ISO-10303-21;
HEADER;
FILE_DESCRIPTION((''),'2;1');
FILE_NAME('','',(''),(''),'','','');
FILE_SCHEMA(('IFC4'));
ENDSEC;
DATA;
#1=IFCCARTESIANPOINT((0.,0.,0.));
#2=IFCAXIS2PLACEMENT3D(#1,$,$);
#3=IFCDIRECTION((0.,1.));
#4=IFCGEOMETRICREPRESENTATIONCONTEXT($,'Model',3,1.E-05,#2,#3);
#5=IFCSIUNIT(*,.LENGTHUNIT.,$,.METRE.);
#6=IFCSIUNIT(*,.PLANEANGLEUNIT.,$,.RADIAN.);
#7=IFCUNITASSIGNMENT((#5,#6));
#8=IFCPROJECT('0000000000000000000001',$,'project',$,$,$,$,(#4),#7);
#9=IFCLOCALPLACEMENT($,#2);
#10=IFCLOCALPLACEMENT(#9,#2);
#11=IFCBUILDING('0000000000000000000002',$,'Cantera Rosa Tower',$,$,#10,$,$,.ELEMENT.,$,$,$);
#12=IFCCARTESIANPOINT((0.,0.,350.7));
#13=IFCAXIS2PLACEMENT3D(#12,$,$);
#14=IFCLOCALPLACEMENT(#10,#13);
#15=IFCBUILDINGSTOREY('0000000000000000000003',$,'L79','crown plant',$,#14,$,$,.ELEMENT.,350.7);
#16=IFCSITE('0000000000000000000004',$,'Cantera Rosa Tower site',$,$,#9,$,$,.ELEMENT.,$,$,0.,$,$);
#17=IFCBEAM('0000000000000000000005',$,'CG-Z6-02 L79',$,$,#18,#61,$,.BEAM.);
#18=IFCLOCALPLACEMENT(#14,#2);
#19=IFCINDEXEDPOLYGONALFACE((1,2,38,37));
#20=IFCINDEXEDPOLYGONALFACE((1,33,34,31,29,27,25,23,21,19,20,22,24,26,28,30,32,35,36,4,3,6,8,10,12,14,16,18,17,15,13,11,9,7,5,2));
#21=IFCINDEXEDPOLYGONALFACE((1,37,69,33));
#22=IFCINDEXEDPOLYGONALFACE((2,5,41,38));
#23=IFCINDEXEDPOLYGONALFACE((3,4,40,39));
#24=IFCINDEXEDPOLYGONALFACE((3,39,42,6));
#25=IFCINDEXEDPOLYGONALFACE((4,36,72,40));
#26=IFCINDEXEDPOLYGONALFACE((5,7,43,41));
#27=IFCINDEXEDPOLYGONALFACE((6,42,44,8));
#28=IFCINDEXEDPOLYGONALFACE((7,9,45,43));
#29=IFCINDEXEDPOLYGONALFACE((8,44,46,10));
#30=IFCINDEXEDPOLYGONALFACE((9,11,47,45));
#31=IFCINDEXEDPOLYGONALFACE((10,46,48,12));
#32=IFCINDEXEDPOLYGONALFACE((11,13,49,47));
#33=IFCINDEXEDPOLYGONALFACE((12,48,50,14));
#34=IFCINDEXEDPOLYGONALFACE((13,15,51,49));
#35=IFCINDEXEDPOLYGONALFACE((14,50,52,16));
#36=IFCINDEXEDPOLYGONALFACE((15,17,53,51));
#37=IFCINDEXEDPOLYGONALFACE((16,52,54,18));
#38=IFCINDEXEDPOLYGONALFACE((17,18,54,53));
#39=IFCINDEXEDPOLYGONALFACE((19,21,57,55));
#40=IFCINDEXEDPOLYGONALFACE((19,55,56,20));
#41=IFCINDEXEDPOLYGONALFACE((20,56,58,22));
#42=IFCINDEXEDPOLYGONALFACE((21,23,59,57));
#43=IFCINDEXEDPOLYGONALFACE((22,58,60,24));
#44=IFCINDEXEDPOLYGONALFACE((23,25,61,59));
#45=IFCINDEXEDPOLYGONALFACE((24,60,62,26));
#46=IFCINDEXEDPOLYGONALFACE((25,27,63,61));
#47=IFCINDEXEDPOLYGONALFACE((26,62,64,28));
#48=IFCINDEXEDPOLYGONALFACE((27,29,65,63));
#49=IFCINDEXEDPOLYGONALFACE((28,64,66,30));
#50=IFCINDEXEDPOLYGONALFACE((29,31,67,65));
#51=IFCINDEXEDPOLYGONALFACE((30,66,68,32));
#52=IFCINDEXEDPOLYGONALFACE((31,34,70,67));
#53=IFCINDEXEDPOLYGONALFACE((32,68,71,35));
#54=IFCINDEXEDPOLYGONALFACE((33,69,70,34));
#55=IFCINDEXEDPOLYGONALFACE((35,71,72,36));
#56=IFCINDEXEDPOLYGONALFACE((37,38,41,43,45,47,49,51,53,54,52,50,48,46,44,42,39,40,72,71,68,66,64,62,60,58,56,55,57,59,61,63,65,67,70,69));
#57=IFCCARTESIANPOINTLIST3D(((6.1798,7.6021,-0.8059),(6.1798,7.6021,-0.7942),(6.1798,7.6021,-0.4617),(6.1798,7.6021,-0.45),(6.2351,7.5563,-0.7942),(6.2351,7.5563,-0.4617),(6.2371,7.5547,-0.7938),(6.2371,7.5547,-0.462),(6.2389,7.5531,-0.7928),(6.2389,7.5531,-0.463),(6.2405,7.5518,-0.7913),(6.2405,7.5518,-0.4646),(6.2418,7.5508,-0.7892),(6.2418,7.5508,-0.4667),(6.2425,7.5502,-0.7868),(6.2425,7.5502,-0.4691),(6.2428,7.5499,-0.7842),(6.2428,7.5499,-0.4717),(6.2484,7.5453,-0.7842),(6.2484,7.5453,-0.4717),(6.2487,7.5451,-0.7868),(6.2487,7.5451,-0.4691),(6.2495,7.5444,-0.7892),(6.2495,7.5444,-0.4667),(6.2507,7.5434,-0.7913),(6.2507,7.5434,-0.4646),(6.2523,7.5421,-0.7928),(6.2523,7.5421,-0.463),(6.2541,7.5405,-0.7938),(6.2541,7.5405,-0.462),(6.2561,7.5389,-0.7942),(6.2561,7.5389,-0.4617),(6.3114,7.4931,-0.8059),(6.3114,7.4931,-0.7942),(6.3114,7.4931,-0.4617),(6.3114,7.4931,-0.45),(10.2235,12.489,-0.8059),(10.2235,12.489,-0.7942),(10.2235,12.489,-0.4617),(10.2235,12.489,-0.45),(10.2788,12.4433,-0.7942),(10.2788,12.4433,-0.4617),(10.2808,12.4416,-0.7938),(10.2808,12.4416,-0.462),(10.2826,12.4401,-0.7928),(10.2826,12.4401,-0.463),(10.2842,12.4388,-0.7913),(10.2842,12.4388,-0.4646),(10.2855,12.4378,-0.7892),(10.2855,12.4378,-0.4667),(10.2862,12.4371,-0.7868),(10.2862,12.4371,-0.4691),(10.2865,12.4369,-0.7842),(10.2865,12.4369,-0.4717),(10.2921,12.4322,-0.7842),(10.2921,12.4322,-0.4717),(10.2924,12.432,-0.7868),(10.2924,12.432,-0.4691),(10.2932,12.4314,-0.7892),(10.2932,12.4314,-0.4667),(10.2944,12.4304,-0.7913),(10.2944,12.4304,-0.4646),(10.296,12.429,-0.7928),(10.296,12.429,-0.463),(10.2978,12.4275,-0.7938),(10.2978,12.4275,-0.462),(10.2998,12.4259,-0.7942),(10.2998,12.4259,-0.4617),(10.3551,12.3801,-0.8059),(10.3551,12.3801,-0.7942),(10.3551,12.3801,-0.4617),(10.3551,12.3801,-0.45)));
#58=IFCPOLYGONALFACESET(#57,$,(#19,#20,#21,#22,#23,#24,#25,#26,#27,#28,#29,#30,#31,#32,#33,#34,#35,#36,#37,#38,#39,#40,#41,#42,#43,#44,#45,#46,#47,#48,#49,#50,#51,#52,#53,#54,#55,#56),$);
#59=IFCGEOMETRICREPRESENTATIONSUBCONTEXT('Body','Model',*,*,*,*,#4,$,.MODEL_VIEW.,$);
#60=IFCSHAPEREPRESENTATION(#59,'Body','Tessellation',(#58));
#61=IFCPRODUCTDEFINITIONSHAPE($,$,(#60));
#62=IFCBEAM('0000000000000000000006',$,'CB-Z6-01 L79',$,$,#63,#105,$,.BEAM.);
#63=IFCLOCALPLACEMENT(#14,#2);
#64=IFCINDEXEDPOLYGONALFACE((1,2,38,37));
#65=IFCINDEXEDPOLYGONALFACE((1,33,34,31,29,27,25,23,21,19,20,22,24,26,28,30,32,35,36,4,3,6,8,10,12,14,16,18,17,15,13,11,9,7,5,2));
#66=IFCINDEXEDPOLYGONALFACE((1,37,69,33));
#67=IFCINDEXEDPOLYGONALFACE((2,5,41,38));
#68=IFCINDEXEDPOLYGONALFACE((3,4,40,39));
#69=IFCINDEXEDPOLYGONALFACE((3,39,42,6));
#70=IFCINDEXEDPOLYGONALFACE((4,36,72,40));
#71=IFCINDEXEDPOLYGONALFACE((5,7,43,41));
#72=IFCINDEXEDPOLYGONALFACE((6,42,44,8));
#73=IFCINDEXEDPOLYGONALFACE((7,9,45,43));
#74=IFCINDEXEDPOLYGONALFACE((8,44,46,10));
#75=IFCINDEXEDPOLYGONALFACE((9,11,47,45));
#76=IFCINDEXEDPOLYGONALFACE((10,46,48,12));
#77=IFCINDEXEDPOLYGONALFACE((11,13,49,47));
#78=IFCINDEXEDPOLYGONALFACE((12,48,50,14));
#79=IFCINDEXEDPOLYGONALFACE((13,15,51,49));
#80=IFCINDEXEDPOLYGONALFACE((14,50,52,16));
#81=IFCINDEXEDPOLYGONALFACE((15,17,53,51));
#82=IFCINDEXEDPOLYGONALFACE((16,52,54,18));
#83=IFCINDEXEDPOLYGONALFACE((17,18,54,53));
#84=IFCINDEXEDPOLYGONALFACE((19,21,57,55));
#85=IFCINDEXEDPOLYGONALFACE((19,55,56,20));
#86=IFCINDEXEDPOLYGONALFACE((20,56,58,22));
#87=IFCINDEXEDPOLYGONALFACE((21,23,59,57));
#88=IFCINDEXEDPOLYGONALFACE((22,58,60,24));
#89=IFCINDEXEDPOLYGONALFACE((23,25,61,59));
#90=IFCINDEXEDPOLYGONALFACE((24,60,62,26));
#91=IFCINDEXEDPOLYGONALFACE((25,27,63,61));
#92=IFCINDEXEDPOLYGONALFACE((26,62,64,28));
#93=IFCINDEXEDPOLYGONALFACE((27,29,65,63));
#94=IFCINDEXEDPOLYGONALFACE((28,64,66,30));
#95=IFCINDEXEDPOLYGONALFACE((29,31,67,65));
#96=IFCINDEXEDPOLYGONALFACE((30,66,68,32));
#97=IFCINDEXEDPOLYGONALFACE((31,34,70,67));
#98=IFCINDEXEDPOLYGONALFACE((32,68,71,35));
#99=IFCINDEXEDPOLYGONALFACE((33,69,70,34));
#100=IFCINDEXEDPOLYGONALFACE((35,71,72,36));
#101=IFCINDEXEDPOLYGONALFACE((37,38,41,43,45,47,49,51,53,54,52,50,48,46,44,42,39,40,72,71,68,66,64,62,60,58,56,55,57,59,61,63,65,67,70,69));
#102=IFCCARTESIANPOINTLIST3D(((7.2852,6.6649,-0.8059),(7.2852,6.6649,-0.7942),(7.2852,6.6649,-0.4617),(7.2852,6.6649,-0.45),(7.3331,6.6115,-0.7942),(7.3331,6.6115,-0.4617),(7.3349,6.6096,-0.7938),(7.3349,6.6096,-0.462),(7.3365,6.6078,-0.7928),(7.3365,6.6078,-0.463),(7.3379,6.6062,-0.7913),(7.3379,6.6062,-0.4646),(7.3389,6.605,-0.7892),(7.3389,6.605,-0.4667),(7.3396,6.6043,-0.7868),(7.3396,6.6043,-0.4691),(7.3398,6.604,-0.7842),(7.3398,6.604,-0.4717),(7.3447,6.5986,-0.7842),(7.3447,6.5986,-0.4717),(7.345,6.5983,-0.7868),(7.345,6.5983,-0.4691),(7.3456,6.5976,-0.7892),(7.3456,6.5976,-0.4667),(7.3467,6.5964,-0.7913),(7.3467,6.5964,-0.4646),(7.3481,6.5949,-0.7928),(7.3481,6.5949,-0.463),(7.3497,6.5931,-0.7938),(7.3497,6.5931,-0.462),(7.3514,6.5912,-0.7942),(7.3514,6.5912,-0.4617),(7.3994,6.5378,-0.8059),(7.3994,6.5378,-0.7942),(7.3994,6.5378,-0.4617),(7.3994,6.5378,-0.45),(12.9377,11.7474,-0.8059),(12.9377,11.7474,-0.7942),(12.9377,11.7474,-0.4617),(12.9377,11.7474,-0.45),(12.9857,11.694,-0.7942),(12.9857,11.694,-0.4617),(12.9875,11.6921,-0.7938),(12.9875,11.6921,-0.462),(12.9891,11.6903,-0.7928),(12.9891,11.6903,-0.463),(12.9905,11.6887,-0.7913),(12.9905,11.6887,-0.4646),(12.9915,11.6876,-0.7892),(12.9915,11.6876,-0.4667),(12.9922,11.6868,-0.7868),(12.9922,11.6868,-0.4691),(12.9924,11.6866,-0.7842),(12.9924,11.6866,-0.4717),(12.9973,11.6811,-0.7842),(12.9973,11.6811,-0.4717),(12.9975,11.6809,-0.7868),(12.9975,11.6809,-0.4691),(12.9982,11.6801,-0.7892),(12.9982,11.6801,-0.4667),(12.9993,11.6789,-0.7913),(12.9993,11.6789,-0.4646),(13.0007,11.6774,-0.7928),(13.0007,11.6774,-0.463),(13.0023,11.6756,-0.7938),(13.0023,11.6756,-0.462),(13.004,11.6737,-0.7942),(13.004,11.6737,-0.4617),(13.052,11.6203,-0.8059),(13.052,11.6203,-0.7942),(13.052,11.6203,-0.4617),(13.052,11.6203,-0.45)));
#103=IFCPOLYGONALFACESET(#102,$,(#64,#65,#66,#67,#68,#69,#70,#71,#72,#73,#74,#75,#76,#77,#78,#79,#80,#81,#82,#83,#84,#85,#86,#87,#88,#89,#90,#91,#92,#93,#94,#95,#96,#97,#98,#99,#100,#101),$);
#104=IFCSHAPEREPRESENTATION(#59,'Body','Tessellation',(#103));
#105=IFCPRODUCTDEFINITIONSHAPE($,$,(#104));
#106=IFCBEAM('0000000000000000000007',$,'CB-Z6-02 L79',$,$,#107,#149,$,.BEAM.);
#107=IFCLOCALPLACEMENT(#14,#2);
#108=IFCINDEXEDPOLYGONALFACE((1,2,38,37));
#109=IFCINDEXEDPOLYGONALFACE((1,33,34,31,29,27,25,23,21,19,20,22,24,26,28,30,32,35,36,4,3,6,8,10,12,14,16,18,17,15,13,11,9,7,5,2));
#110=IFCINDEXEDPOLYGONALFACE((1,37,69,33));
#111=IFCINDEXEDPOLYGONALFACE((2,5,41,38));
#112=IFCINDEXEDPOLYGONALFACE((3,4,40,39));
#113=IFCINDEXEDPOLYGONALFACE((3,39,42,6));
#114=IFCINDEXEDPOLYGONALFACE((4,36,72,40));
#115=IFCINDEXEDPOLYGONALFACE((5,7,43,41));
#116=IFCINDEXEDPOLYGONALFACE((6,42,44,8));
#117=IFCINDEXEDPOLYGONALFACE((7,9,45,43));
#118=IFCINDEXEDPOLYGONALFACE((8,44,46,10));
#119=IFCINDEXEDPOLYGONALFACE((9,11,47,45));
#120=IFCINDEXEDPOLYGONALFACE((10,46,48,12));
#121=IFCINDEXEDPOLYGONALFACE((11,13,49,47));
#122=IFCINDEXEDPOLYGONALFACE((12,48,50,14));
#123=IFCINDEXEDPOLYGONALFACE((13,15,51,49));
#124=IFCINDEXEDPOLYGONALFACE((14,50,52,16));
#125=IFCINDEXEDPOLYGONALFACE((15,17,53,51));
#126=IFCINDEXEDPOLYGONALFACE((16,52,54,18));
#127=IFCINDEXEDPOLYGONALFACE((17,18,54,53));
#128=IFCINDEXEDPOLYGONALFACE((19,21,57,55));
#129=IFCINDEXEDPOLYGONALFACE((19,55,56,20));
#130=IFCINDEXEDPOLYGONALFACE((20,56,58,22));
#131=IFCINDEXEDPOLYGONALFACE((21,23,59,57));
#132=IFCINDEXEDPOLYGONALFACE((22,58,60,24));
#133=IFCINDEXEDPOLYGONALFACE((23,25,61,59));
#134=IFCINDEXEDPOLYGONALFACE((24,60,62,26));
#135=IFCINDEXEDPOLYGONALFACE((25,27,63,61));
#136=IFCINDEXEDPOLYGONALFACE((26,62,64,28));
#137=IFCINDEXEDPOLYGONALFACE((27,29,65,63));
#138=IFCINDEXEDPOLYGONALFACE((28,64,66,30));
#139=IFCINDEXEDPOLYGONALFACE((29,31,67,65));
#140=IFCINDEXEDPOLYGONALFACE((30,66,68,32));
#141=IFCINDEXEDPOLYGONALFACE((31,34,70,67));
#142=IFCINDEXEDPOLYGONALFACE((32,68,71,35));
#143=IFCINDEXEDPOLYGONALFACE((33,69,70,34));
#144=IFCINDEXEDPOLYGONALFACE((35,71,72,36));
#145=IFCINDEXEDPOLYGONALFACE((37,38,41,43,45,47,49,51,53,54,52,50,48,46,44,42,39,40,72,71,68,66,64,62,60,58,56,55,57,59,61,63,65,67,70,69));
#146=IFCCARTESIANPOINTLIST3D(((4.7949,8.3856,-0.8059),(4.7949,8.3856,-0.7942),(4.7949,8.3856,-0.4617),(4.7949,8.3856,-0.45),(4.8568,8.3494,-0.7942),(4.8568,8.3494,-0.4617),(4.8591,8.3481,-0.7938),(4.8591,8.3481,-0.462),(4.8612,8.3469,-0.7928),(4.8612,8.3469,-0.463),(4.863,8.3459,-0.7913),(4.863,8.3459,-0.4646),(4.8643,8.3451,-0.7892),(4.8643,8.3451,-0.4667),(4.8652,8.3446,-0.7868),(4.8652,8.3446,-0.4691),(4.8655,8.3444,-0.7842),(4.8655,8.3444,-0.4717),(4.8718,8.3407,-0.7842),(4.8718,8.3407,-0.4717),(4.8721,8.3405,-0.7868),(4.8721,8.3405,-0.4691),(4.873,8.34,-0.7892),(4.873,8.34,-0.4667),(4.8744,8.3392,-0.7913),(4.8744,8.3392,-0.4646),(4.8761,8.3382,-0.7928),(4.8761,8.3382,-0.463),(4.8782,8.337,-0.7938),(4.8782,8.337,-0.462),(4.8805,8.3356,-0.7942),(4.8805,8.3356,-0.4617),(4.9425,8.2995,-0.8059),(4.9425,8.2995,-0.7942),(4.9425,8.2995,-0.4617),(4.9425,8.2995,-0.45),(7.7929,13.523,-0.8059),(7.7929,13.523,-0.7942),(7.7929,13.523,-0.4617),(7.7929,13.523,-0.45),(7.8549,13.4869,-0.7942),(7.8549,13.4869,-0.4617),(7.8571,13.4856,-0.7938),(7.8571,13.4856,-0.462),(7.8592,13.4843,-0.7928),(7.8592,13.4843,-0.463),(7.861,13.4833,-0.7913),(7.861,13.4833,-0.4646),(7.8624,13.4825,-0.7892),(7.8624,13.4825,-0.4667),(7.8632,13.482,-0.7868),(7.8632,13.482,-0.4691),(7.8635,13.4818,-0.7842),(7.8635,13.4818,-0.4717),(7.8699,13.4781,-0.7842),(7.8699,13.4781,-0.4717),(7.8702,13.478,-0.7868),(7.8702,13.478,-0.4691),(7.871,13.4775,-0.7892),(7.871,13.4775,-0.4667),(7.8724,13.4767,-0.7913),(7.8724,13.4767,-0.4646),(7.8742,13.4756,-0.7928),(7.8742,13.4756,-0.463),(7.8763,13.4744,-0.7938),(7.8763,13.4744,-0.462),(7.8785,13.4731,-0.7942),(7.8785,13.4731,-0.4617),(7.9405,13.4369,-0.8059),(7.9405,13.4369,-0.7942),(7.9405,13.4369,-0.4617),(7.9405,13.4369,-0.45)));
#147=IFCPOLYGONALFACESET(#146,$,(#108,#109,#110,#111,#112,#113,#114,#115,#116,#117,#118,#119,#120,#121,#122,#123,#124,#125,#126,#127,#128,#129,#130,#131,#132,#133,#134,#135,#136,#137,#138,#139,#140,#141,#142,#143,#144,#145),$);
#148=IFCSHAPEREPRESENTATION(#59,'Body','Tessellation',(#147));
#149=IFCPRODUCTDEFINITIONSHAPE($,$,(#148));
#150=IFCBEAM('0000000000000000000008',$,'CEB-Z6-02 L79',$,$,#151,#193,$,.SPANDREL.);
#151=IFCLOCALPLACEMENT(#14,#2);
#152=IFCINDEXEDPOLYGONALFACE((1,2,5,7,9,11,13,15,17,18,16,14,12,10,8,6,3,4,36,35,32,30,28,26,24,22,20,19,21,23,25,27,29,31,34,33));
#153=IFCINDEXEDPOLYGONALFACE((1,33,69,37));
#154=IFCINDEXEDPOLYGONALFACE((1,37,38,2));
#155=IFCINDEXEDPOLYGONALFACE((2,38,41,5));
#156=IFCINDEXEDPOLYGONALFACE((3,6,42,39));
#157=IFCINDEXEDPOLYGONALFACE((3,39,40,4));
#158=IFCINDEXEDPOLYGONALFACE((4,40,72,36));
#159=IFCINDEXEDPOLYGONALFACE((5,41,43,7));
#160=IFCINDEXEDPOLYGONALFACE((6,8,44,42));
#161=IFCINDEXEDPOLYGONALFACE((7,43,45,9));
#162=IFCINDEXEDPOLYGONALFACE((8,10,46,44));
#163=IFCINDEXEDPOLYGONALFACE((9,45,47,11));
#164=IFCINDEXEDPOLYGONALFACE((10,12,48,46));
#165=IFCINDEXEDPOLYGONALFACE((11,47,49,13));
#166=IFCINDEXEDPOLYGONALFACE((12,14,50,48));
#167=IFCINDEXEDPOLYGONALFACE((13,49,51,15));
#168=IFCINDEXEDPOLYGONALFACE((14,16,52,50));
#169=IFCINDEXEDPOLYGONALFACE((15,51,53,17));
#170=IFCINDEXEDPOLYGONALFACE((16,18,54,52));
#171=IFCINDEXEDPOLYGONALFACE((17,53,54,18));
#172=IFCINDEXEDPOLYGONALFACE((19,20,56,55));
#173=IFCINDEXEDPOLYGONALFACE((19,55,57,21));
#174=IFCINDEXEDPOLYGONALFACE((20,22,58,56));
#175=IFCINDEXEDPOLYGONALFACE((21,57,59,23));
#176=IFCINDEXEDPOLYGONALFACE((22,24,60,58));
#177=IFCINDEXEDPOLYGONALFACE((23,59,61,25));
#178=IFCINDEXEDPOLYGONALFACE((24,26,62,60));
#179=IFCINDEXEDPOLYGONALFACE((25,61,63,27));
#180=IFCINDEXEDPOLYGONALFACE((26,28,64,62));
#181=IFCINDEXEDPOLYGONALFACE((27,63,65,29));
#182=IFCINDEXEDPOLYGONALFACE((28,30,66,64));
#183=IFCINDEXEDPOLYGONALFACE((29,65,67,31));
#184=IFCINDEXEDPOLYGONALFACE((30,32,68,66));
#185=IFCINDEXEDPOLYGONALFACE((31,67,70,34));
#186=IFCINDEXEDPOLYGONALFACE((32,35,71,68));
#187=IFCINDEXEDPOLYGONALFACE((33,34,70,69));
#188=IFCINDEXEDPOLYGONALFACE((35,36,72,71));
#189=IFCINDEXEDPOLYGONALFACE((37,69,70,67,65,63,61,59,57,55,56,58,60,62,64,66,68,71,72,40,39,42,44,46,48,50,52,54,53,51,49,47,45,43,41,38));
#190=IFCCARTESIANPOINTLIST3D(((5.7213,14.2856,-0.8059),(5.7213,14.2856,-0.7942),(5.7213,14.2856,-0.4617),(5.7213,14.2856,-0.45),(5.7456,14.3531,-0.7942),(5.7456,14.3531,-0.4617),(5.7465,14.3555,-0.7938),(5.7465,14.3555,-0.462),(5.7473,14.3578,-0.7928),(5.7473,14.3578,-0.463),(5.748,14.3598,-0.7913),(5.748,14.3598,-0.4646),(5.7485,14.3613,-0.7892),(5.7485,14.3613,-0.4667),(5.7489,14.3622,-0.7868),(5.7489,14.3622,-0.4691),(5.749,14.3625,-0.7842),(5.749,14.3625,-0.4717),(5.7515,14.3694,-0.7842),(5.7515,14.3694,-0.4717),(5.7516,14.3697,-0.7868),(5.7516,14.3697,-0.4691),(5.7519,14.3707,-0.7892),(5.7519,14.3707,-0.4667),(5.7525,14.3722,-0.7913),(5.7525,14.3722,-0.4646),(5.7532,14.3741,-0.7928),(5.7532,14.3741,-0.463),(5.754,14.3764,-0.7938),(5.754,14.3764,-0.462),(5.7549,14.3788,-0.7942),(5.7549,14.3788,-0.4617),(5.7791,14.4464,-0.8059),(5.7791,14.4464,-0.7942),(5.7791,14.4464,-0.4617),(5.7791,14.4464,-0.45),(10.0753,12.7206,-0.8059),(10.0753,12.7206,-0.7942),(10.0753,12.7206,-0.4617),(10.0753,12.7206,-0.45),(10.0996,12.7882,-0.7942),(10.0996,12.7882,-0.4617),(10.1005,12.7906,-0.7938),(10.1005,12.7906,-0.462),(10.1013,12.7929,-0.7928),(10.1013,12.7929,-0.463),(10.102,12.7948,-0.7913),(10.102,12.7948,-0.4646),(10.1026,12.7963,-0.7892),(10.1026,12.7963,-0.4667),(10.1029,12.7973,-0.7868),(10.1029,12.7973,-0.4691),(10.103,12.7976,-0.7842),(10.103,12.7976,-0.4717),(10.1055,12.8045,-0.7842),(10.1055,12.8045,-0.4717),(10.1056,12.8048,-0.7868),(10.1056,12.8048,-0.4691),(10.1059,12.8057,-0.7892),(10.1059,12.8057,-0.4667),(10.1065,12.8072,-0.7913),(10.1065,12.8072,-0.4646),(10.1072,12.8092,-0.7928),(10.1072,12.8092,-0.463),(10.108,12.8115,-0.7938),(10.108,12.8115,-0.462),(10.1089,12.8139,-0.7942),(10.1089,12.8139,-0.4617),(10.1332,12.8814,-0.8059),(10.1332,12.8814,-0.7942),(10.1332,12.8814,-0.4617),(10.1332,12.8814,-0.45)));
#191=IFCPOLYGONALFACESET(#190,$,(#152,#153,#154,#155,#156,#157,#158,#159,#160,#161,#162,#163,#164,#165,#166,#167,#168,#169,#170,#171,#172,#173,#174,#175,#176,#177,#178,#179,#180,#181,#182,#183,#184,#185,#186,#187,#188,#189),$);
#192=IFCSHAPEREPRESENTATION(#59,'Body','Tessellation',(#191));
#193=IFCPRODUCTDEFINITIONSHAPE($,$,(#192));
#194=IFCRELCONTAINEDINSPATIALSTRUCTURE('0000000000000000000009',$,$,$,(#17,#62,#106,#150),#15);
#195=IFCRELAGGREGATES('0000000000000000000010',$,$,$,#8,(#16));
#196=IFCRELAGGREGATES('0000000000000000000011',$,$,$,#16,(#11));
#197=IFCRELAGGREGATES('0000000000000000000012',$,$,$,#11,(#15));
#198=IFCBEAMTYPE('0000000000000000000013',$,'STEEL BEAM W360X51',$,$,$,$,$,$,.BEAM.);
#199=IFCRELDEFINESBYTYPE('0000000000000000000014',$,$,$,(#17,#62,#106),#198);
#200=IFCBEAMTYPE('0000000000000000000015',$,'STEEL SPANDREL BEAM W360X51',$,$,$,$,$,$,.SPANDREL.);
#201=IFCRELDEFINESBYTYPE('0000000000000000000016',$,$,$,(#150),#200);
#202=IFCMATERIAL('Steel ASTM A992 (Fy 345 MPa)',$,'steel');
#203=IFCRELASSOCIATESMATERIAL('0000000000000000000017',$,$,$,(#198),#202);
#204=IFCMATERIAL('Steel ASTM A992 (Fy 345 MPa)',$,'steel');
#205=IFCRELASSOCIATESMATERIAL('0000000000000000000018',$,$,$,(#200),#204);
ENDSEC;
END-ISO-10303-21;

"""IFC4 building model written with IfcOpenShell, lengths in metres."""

from ifc_helpers import new_model, si_unit, direction, frame, origin, origin_2d, place, context, subcontext, project, spatial, i_section, extrude, material, material_profile, profile_set, type_object, element, save


model = new_model("IFC4")

# Units and contexts
model_context = context("Model", 3, precision=1e-05, world=origin(), true_north=direction((0.0, 1.0)))
body_context = subcontext(model_context, "Body", "Model", "MODEL_VIEW")
ifc_project = project(units=[si_unit("LENGTHUNIT", "METRE"), si_unit("PLANEANGLEUNIT", "RADIAN")], contexts=[model_context])

# Site, building, storey
site_placement = place(None, origin())
site = spatial("IfcSite", under=ifc_project, at=site_placement, Name="Cantera Rosa Tower site", CompositionType="ELEMENT", RefElevation=0.0)
building_placement = place(site_placement, origin())
building = spatial("IfcBuilding", under=site, at=building_placement, Name="Cantera Rosa Tower", CompositionType="ELEMENT")
storey_placement = place(building_placement, frame((0.0, 0.0, 350.7)))
storey = spatial("IfcBuildingStorey", under=building, at=storey_placement, Name="L79", Description="crown plant", CompositionType="ELEMENT", Elevation=350.7)

# Beams
ifc_material_1 = material(Name="Steel ASTM A992 (Fy 345 MPa)", Category="steel")
ifc_material_profile_1 = material_profile(ifc_material_1, i_section(OverallWidth=0.1709, OverallDepth=0.356, WebThickness=0.0073, FlangeThickness=0.0117, FilletRadius=0.01, at=origin_2d()), Name="W360X51")
ifc_profile_set_1 = profile_set([ifc_material_profile_1], Name="Steel ASTM A992 (Fy 345 MPa)")
beam_type_1 = type_object("IfcBeamType", Name="STEEL BEAM W360X51", PredefinedType="BEAM", material=ifc_profile_set_1)
beam_1_placement = place(storey_placement, frame((10.2893, 12.4346, -0.6279), z_axis=(-0.637504, -0.770447, 0.0), x_axis=(0.770447, -0.637504, 0.0)))
element("IfcBeam", 1, at=beam_1_placement, inside=storey, type_object=beam_type_1, Name="CG-Z6-02 L79", PredefinedType="BEAM", context=body_context, shape_type="SweptSolid", body=[
    extrude(i_section(OverallWidth=0.1709, OverallDepth=0.356, WebThickness=0.0073, FlangeThickness=0.0117, FilletRadius=0.01, at=origin_2d()), origin(), (0.0, 0.0, 1.0), 6.343),
])
beam_2_placement = place(storey_placement, frame((12.9949, 11.6838, -0.6279), z_axis=(-0.743609, -0.668615, 0.0), x_axis=(0.668615, -0.743609, 0.0)))
element("IfcBeam", 2, at=beam_2_placement, inside=storey, type_object=beam_type_1, Name="CB-Z6-01 L79", PredefinedType="BEAM", context=body_context, shape_type="SweptSolid", body=[
    extrude(i_section(OverallWidth=0.1709, OverallDepth=0.356, WebThickness=0.0073, FlangeThickness=0.0117, FilletRadius=0.01, at=origin_2d()), origin(), (0.0, 0.0, 1.0), 7.6016),
])
beam_3_placement = place(storey_placement, frame((7.8667, 13.48, -0.6279), z_axis=(-0.504022, -0.863691, 0.0), x_axis=(0.863691, -0.504022, 0.0)))
element("IfcBeam", 3, at=beam_3_placement, inside=storey, type_object=beam_type_1, Name="CB-Z6-02 L79", PredefinedType="BEAM", context=body_context, shape_type="SweptSolid", body=[
    extrude(i_section(OverallWidth=0.1709, OverallDepth=0.356, WebThickness=0.0073, FlangeThickness=0.0117, FilletRadius=0.01, at=origin_2d()), origin(), (0.0, 0.0, 1.0), 5.9482),
])
ifc_material_2 = material(Name="Steel ASTM A992 (Fy 345 MPa)", Category="steel")
ifc_material_profile_2 = material_profile(ifc_material_2, i_section(OverallWidth=0.1709, OverallDepth=0.356, WebThickness=0.0073, FlangeThickness=0.0117, FilletRadius=0.01, at=origin_2d()), Name="W360X51")
ifc_profile_set_2 = profile_set([ifc_material_profile_2], Name="Steel ASTM A992 (Fy 345 MPa)")
beam_type_2 = type_object("IfcBeamType", Name="STEEL SPANDREL BEAM W360X51", PredefinedType="SPANDREL", material=ifc_profile_set_2)
beam_4_placement = place(storey_placement, frame((10.1042, 12.801, -0.6279), z_axis=(-0.941059, 0.338241, 0.0), x_axis=(-0.338241, -0.941059, 0.0)))
element("IfcBeam", 4, at=beam_4_placement, inside=storey, type_object=beam_type_2, Name="CEB-Z6-02 L79", PredefinedType="SPANDREL", context=body_context, shape_type="SweptSolid", body=[
    extrude(i_section(OverallWidth=0.1709, OverallDepth=0.356, WebThickness=0.0073, FlangeThickness=0.0117, FilletRadius=0.01, at=origin_2d()), origin(), (0.0, 0.0, 1.0), 4.6267),
])

save(model, "model.ifc")
